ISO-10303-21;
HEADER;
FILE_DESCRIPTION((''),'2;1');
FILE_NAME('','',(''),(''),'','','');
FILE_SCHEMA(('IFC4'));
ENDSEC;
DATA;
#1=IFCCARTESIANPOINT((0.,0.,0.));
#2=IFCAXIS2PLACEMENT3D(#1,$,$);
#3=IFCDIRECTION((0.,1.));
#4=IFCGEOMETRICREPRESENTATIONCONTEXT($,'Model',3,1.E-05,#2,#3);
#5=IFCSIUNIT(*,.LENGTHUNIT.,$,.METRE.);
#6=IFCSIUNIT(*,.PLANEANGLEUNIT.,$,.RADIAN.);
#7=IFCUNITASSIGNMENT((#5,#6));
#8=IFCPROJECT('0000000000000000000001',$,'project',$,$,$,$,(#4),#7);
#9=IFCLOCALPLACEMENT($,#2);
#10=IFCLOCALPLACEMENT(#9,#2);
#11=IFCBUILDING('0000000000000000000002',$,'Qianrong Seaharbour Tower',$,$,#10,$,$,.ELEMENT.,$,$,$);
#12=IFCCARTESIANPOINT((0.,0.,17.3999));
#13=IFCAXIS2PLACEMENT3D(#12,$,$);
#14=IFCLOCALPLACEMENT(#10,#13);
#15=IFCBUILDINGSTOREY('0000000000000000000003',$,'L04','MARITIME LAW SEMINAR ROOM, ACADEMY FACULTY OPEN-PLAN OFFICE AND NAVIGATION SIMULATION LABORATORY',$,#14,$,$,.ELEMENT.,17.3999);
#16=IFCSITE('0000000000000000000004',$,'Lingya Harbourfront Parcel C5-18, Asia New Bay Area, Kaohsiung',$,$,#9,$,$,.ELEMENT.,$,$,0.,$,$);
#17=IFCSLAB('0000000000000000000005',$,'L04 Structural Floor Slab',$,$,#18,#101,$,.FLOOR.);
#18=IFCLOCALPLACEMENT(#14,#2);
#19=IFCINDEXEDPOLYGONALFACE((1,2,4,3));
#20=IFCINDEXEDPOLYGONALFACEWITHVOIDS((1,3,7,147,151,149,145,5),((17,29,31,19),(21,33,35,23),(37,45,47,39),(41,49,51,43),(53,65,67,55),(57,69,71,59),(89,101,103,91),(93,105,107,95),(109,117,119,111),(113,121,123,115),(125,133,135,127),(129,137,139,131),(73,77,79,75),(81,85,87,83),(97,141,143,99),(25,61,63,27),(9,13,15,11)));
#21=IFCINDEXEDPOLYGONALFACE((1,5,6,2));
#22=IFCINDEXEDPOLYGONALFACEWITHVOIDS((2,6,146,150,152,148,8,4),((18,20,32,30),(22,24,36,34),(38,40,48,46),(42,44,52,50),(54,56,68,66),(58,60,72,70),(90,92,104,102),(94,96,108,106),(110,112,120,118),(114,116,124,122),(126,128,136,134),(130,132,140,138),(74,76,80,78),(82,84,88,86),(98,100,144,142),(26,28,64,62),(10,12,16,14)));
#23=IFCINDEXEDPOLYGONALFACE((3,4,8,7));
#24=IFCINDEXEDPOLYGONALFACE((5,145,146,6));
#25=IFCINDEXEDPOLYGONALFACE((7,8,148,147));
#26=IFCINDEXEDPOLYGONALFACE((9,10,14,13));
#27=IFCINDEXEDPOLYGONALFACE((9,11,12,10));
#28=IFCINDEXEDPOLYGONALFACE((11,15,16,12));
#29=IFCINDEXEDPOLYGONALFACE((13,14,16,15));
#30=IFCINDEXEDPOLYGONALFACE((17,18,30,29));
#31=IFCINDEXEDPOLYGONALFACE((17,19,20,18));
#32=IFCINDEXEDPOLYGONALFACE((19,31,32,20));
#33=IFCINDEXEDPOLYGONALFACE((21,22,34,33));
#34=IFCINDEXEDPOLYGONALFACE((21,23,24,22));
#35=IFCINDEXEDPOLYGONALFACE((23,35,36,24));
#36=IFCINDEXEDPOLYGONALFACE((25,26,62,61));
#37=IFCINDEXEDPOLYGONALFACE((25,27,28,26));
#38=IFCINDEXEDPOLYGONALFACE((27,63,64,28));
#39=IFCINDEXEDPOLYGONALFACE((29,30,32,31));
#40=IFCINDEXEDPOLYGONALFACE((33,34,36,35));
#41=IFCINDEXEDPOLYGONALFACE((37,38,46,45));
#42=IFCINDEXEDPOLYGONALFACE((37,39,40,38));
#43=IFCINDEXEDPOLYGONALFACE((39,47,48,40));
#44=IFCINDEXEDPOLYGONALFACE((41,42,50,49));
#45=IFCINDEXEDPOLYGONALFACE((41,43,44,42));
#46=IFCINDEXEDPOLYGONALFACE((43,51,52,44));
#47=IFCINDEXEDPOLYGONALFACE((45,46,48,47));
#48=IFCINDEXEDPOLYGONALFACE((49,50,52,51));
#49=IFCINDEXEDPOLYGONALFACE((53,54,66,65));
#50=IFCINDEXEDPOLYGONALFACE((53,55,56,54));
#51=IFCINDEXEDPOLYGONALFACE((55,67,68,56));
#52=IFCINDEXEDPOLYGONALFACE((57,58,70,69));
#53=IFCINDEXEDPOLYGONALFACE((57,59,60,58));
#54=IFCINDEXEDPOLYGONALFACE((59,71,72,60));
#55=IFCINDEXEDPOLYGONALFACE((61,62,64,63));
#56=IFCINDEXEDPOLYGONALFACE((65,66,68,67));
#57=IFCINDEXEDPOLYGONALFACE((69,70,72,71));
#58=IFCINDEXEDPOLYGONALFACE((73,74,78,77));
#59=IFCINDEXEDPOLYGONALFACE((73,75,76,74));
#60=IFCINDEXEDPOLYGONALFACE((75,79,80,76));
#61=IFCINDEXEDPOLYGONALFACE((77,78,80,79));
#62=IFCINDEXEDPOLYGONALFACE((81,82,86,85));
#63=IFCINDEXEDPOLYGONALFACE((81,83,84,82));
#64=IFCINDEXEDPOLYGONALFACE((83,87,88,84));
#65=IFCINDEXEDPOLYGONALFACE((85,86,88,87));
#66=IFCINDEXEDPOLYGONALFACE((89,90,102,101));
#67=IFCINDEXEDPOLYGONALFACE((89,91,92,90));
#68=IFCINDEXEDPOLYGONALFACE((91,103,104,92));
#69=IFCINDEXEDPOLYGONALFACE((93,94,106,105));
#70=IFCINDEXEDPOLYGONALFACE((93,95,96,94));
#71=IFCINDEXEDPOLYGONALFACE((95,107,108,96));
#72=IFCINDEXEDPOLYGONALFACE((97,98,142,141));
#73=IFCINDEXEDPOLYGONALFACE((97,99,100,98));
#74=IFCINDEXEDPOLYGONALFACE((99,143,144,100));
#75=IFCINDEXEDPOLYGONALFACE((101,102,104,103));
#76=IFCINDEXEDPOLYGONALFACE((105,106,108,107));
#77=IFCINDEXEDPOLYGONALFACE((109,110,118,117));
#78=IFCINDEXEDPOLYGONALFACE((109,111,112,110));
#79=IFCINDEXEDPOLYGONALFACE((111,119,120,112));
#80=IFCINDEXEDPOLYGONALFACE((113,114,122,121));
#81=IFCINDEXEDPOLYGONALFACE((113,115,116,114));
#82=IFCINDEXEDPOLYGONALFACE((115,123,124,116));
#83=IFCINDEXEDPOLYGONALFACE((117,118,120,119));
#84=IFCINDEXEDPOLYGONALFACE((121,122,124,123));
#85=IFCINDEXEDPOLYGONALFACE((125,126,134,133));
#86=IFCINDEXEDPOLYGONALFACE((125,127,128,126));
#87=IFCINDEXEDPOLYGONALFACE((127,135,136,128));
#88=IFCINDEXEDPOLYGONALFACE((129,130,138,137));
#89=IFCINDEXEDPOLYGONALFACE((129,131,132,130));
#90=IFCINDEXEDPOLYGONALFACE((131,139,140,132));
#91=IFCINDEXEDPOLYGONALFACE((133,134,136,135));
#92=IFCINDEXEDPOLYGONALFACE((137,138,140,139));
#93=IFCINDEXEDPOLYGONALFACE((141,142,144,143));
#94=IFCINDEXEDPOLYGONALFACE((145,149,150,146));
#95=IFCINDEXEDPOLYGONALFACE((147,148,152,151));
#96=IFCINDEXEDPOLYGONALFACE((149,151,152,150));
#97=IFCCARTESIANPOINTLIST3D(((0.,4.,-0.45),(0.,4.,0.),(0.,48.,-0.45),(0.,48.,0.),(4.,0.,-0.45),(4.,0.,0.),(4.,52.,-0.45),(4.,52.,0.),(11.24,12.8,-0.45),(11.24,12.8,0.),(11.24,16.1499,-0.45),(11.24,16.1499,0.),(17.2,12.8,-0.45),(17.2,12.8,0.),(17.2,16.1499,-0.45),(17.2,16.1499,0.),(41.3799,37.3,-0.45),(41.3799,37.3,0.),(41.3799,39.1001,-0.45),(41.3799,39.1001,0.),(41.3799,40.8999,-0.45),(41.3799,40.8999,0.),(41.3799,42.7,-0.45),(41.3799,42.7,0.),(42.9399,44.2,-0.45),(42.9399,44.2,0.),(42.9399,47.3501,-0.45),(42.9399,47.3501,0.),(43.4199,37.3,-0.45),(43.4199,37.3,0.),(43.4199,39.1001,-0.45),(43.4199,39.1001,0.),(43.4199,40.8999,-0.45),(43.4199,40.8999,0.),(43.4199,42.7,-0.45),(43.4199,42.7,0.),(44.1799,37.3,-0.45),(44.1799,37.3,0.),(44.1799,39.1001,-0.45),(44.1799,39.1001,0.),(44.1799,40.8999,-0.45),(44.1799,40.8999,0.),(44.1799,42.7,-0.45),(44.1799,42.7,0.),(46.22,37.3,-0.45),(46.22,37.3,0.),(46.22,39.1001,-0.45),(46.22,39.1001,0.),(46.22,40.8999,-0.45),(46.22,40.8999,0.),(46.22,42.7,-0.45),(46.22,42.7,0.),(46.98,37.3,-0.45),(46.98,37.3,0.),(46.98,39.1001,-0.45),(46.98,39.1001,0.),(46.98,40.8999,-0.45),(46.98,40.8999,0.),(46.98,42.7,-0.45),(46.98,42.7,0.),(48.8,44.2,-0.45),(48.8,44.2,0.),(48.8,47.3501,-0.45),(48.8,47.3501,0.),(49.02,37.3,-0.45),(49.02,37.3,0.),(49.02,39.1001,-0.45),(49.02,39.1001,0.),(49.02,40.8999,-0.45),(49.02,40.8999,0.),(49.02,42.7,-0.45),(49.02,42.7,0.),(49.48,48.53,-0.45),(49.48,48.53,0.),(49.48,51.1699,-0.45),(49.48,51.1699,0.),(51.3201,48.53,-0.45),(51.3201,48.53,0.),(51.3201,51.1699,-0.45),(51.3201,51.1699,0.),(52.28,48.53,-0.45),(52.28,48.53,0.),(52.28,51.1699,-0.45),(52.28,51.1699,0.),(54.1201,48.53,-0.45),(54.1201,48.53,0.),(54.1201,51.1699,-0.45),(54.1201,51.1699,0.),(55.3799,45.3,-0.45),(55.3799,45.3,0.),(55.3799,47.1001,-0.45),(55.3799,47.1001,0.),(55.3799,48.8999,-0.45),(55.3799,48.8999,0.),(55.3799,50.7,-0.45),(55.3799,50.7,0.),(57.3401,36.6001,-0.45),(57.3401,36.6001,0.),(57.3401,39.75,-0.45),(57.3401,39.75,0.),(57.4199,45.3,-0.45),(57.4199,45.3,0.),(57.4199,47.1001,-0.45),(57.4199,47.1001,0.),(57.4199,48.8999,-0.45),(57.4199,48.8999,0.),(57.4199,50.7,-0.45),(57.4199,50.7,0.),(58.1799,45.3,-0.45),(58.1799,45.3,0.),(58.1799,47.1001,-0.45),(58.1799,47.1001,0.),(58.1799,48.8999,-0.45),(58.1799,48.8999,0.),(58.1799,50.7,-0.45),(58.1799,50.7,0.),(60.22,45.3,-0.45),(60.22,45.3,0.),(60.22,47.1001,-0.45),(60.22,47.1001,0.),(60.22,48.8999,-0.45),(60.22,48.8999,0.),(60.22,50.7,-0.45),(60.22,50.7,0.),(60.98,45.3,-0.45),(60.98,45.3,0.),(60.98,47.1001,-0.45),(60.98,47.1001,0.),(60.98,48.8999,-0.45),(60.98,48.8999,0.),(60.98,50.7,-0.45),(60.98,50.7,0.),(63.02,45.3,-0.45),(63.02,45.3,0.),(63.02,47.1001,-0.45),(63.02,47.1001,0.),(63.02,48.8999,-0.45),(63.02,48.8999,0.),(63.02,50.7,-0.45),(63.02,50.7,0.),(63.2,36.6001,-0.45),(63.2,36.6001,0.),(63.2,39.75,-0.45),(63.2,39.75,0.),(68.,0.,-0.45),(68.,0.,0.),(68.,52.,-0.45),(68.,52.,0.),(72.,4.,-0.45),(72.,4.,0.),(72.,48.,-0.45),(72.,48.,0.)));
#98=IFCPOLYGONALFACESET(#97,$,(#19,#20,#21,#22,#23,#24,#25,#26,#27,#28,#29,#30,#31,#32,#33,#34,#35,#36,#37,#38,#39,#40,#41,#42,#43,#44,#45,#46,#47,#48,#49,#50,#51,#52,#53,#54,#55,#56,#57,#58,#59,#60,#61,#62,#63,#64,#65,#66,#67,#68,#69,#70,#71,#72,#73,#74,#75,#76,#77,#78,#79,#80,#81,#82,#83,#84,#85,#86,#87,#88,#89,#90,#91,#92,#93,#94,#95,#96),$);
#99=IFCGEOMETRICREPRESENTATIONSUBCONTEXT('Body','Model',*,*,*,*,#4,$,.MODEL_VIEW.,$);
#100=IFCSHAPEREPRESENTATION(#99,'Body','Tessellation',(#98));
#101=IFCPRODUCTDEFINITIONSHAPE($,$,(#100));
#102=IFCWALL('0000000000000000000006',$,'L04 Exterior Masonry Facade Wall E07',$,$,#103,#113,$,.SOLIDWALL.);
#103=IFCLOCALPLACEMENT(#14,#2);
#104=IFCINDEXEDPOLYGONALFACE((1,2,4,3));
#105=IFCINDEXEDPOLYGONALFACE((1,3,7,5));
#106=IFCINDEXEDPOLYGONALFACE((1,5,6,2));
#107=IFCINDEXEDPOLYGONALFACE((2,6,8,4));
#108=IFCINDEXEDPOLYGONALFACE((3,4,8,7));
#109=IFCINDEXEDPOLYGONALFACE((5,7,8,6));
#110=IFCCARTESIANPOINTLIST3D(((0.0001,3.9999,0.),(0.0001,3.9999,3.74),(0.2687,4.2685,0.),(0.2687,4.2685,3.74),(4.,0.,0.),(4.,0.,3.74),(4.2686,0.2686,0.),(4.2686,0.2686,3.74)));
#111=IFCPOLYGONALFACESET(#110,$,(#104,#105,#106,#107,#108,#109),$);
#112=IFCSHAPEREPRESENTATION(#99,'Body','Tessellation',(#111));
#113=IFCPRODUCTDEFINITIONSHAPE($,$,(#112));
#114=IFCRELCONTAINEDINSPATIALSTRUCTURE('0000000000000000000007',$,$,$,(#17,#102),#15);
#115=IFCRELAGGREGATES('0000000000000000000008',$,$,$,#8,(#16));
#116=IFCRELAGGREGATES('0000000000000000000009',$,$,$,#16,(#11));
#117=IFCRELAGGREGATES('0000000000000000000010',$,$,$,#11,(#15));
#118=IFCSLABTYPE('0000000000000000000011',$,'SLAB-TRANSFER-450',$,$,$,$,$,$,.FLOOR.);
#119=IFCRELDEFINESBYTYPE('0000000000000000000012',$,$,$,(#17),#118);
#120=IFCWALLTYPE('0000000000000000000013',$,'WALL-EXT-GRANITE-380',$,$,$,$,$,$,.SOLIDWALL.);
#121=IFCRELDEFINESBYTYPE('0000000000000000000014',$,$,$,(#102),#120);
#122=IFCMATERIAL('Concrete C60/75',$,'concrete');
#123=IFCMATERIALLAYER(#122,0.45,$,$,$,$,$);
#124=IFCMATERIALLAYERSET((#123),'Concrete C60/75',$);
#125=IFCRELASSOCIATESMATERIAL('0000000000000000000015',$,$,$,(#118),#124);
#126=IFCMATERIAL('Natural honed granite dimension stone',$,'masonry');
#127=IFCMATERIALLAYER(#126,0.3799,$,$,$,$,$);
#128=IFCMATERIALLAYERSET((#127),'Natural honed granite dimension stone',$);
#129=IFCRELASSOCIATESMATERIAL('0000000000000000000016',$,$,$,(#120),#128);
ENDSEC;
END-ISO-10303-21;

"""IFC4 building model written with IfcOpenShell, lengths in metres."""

from ifc_helpers import new_model, si_unit, direction, frame, frame_2d, origin, place, context, subcontext, project, spatial, polyline, rectangle, outline, extrude, material, layer, layer_set, type_object, element, save


model = new_model("IFC4")

# Units and contexts
model_context = context("Model", 3, precision=1e-05, world=origin(), true_north=direction((0.0, 1.0)))
body_context = subcontext(model_context, "Body", "Model", "MODEL_VIEW")
ifc_project = project(units=[si_unit("LENGTHUNIT", "METRE"), si_unit("PLANEANGLEUNIT", "RADIAN")], contexts=[model_context])

# Site, building, storey
site_placement = place(None, origin())
site = spatial("IfcSite", under=ifc_project, at=site_placement, Name="Lingya Harbourfront Parcel C5-18, Asia New Bay Area, Kaohsiung", CompositionType="ELEMENT", RefElevation=0.0)
building_placement = place(site_placement, origin())
building = spatial("IfcBuilding", under=site, at=building_placement, Name="Qianrong Seaharbour Tower", CompositionType="ELEMENT")
storey_placement = place(building_placement, frame((0.0, 0.0, 17.3999)))
storey = spatial("IfcBuildingStorey", under=building, at=storey_placement, Name="L04", Description="MARITIME LAW SEMINAR ROOM, ACADEMY FACULTY OPEN-PLAN OFFICE AND NAVIGATION SIMULATION LABORATORY", CompositionType="ELEMENT", Elevation=17.3999)

# Shared definitions
ifc_material_1 = material(Name="Concrete C60/75", Category="concrete")

# Slab
ifc_layer_1 = layer(ifc_material_1, 0.45)
ifc_layer_set_1 = layer_set([ifc_layer_1], Name="Concrete C60/75")
slab_type_1 = type_object("IfcSlabType", Name="SLAB-TRANSFER-450", PredefinedType="FLOOR", material=ifc_layer_set_1)
slab_1_placement = place(storey_placement, frame((0.0, 0.0, -0.45)))
element("IfcSlab", 1, at=slab_1_placement, inside=storey, type_object=slab_type_1, Name="L04 Structural Floor Slab", PredefinedType="FLOOR", context=body_context, shape_type="SweptSolid", body=[
    extrude(outline(polyline([(4.0, 0.0), (68.0, 0.0), (72.0, 4.0), (72.0, 48.0), (68.0, 52.0), (4.0, 52.0), (0.0, 48.0), (0.0, 4.0), (4.0, 0.0)]), holes=[polyline([(42.9399, 44.2), (42.9399, 47.3501), (48.8, 47.3501), (48.8, 44.2), (42.9399, 44.2)]), polyline([(57.3401, 36.6001), (57.3401, 39.75), (63.2, 39.75), (63.2, 36.6001), (57.3401, 36.6001)]), polyline([(11.24, 12.8), (11.24, 16.1499), (17.2, 16.1499), (17.2, 12.8), (11.24, 12.8)]), polyline([(49.48, 48.53), (49.48, 51.1699), (51.3201, 51.1699), (51.3201, 48.53), (49.48, 48.53)]), polyline([(52.28, 48.53), (52.28, 51.1699), (54.1201, 51.1699), (54.1201, 48.53), (52.28, 48.53)]), polyline([(41.3799, 37.3), (41.3799, 39.1001), (43.4199, 39.1001), (43.4199, 37.3), (41.3799, 37.3)]), polyline([(44.1799, 37.3), (44.1799, 39.1001), (46.22, 39.1001), (46.22, 37.3), (44.1799, 37.3)]), polyline([(46.98, 37.3), (46.98, 39.1001), (49.02, 39.1001), (49.02, 37.3), (46.98, 37.3)]), polyline([(41.3799, 40.8999), (41.3799, 42.7), (43.4199, 42.7), (43.4199, 40.8999), (41.3799, 40.8999)]), polyline([(44.1799, 40.8999), (44.1799, 42.7), (46.22, 42.7), (46.22, 40.8999), (44.1799, 40.8999)]), polyline([(46.98, 40.8999), (46.98, 42.7), (49.02, 42.7), (49.02, 40.8999), (46.98, 40.8999)]), polyline([(55.3799, 45.3), (55.3799, 47.1001), (57.4199, 47.1001), (57.4199, 45.3), (55.3799, 45.3)]), polyline([(58.1799, 45.3), (58.1799, 47.1001), (60.22, 47.1001), (60.22, 45.3), (58.1799, 45.3)]), polyline([(60.98, 45.3), (60.98, 47.1001), (63.02, 47.1001), (63.02, 45.3), (60.98, 45.3)]), polyline([(55.3799, 48.8999), (55.3799, 50.7), (57.4199, 50.7), (57.4199, 48.8999), (55.3799, 48.8999)]), polyline([(58.1799, 48.8999), (58.1799, 50.7), (60.22, 50.7), (60.22, 48.8999), (58.1799, 48.8999)]), polyline([(60.98, 48.8999), (60.98, 50.7), (63.02, 50.7), (63.02, 48.8999), (60.98, 48.8999)])]), origin(), (0.0, 0.0, 1.0), 0.45),
])

# Wall
ifc_material_2 = material(Name="Natural honed granite dimension stone", Category="masonry")
ifc_layer_2 = layer(ifc_material_2, 0.3799)
ifc_layer_set_2 = layer_set([ifc_layer_2], Name="Natural honed granite dimension stone")
wall_type = type_object("IfcWallType", Name="WALL-EXT-GRANITE-380", PredefinedType="SOLIDWALL", material=ifc_layer_set_2)
wall_placement = place(storey_placement, frame((4.1343, 0.1343, 0.0), z_axis=(0.0, 0.0, 1.0), x_axis=(-0.707107, 0.707107, 0.0)))
element("IfcWall", 2, at=wall_placement, inside=storey, type_object=wall_type, Name="L04 Exterior Masonry Facade Wall E07", PredefinedType="SOLIDWALL", context=body_context, shape_type="SweptSolid", body=[
    extrude(rectangle(XDim=5.6567, YDim=0.3799, at=frame_2d((2.8284, 0.0))), origin(), (0.0, 0.0, 1.0), 3.74),
])

save(model, "model.ifc")
